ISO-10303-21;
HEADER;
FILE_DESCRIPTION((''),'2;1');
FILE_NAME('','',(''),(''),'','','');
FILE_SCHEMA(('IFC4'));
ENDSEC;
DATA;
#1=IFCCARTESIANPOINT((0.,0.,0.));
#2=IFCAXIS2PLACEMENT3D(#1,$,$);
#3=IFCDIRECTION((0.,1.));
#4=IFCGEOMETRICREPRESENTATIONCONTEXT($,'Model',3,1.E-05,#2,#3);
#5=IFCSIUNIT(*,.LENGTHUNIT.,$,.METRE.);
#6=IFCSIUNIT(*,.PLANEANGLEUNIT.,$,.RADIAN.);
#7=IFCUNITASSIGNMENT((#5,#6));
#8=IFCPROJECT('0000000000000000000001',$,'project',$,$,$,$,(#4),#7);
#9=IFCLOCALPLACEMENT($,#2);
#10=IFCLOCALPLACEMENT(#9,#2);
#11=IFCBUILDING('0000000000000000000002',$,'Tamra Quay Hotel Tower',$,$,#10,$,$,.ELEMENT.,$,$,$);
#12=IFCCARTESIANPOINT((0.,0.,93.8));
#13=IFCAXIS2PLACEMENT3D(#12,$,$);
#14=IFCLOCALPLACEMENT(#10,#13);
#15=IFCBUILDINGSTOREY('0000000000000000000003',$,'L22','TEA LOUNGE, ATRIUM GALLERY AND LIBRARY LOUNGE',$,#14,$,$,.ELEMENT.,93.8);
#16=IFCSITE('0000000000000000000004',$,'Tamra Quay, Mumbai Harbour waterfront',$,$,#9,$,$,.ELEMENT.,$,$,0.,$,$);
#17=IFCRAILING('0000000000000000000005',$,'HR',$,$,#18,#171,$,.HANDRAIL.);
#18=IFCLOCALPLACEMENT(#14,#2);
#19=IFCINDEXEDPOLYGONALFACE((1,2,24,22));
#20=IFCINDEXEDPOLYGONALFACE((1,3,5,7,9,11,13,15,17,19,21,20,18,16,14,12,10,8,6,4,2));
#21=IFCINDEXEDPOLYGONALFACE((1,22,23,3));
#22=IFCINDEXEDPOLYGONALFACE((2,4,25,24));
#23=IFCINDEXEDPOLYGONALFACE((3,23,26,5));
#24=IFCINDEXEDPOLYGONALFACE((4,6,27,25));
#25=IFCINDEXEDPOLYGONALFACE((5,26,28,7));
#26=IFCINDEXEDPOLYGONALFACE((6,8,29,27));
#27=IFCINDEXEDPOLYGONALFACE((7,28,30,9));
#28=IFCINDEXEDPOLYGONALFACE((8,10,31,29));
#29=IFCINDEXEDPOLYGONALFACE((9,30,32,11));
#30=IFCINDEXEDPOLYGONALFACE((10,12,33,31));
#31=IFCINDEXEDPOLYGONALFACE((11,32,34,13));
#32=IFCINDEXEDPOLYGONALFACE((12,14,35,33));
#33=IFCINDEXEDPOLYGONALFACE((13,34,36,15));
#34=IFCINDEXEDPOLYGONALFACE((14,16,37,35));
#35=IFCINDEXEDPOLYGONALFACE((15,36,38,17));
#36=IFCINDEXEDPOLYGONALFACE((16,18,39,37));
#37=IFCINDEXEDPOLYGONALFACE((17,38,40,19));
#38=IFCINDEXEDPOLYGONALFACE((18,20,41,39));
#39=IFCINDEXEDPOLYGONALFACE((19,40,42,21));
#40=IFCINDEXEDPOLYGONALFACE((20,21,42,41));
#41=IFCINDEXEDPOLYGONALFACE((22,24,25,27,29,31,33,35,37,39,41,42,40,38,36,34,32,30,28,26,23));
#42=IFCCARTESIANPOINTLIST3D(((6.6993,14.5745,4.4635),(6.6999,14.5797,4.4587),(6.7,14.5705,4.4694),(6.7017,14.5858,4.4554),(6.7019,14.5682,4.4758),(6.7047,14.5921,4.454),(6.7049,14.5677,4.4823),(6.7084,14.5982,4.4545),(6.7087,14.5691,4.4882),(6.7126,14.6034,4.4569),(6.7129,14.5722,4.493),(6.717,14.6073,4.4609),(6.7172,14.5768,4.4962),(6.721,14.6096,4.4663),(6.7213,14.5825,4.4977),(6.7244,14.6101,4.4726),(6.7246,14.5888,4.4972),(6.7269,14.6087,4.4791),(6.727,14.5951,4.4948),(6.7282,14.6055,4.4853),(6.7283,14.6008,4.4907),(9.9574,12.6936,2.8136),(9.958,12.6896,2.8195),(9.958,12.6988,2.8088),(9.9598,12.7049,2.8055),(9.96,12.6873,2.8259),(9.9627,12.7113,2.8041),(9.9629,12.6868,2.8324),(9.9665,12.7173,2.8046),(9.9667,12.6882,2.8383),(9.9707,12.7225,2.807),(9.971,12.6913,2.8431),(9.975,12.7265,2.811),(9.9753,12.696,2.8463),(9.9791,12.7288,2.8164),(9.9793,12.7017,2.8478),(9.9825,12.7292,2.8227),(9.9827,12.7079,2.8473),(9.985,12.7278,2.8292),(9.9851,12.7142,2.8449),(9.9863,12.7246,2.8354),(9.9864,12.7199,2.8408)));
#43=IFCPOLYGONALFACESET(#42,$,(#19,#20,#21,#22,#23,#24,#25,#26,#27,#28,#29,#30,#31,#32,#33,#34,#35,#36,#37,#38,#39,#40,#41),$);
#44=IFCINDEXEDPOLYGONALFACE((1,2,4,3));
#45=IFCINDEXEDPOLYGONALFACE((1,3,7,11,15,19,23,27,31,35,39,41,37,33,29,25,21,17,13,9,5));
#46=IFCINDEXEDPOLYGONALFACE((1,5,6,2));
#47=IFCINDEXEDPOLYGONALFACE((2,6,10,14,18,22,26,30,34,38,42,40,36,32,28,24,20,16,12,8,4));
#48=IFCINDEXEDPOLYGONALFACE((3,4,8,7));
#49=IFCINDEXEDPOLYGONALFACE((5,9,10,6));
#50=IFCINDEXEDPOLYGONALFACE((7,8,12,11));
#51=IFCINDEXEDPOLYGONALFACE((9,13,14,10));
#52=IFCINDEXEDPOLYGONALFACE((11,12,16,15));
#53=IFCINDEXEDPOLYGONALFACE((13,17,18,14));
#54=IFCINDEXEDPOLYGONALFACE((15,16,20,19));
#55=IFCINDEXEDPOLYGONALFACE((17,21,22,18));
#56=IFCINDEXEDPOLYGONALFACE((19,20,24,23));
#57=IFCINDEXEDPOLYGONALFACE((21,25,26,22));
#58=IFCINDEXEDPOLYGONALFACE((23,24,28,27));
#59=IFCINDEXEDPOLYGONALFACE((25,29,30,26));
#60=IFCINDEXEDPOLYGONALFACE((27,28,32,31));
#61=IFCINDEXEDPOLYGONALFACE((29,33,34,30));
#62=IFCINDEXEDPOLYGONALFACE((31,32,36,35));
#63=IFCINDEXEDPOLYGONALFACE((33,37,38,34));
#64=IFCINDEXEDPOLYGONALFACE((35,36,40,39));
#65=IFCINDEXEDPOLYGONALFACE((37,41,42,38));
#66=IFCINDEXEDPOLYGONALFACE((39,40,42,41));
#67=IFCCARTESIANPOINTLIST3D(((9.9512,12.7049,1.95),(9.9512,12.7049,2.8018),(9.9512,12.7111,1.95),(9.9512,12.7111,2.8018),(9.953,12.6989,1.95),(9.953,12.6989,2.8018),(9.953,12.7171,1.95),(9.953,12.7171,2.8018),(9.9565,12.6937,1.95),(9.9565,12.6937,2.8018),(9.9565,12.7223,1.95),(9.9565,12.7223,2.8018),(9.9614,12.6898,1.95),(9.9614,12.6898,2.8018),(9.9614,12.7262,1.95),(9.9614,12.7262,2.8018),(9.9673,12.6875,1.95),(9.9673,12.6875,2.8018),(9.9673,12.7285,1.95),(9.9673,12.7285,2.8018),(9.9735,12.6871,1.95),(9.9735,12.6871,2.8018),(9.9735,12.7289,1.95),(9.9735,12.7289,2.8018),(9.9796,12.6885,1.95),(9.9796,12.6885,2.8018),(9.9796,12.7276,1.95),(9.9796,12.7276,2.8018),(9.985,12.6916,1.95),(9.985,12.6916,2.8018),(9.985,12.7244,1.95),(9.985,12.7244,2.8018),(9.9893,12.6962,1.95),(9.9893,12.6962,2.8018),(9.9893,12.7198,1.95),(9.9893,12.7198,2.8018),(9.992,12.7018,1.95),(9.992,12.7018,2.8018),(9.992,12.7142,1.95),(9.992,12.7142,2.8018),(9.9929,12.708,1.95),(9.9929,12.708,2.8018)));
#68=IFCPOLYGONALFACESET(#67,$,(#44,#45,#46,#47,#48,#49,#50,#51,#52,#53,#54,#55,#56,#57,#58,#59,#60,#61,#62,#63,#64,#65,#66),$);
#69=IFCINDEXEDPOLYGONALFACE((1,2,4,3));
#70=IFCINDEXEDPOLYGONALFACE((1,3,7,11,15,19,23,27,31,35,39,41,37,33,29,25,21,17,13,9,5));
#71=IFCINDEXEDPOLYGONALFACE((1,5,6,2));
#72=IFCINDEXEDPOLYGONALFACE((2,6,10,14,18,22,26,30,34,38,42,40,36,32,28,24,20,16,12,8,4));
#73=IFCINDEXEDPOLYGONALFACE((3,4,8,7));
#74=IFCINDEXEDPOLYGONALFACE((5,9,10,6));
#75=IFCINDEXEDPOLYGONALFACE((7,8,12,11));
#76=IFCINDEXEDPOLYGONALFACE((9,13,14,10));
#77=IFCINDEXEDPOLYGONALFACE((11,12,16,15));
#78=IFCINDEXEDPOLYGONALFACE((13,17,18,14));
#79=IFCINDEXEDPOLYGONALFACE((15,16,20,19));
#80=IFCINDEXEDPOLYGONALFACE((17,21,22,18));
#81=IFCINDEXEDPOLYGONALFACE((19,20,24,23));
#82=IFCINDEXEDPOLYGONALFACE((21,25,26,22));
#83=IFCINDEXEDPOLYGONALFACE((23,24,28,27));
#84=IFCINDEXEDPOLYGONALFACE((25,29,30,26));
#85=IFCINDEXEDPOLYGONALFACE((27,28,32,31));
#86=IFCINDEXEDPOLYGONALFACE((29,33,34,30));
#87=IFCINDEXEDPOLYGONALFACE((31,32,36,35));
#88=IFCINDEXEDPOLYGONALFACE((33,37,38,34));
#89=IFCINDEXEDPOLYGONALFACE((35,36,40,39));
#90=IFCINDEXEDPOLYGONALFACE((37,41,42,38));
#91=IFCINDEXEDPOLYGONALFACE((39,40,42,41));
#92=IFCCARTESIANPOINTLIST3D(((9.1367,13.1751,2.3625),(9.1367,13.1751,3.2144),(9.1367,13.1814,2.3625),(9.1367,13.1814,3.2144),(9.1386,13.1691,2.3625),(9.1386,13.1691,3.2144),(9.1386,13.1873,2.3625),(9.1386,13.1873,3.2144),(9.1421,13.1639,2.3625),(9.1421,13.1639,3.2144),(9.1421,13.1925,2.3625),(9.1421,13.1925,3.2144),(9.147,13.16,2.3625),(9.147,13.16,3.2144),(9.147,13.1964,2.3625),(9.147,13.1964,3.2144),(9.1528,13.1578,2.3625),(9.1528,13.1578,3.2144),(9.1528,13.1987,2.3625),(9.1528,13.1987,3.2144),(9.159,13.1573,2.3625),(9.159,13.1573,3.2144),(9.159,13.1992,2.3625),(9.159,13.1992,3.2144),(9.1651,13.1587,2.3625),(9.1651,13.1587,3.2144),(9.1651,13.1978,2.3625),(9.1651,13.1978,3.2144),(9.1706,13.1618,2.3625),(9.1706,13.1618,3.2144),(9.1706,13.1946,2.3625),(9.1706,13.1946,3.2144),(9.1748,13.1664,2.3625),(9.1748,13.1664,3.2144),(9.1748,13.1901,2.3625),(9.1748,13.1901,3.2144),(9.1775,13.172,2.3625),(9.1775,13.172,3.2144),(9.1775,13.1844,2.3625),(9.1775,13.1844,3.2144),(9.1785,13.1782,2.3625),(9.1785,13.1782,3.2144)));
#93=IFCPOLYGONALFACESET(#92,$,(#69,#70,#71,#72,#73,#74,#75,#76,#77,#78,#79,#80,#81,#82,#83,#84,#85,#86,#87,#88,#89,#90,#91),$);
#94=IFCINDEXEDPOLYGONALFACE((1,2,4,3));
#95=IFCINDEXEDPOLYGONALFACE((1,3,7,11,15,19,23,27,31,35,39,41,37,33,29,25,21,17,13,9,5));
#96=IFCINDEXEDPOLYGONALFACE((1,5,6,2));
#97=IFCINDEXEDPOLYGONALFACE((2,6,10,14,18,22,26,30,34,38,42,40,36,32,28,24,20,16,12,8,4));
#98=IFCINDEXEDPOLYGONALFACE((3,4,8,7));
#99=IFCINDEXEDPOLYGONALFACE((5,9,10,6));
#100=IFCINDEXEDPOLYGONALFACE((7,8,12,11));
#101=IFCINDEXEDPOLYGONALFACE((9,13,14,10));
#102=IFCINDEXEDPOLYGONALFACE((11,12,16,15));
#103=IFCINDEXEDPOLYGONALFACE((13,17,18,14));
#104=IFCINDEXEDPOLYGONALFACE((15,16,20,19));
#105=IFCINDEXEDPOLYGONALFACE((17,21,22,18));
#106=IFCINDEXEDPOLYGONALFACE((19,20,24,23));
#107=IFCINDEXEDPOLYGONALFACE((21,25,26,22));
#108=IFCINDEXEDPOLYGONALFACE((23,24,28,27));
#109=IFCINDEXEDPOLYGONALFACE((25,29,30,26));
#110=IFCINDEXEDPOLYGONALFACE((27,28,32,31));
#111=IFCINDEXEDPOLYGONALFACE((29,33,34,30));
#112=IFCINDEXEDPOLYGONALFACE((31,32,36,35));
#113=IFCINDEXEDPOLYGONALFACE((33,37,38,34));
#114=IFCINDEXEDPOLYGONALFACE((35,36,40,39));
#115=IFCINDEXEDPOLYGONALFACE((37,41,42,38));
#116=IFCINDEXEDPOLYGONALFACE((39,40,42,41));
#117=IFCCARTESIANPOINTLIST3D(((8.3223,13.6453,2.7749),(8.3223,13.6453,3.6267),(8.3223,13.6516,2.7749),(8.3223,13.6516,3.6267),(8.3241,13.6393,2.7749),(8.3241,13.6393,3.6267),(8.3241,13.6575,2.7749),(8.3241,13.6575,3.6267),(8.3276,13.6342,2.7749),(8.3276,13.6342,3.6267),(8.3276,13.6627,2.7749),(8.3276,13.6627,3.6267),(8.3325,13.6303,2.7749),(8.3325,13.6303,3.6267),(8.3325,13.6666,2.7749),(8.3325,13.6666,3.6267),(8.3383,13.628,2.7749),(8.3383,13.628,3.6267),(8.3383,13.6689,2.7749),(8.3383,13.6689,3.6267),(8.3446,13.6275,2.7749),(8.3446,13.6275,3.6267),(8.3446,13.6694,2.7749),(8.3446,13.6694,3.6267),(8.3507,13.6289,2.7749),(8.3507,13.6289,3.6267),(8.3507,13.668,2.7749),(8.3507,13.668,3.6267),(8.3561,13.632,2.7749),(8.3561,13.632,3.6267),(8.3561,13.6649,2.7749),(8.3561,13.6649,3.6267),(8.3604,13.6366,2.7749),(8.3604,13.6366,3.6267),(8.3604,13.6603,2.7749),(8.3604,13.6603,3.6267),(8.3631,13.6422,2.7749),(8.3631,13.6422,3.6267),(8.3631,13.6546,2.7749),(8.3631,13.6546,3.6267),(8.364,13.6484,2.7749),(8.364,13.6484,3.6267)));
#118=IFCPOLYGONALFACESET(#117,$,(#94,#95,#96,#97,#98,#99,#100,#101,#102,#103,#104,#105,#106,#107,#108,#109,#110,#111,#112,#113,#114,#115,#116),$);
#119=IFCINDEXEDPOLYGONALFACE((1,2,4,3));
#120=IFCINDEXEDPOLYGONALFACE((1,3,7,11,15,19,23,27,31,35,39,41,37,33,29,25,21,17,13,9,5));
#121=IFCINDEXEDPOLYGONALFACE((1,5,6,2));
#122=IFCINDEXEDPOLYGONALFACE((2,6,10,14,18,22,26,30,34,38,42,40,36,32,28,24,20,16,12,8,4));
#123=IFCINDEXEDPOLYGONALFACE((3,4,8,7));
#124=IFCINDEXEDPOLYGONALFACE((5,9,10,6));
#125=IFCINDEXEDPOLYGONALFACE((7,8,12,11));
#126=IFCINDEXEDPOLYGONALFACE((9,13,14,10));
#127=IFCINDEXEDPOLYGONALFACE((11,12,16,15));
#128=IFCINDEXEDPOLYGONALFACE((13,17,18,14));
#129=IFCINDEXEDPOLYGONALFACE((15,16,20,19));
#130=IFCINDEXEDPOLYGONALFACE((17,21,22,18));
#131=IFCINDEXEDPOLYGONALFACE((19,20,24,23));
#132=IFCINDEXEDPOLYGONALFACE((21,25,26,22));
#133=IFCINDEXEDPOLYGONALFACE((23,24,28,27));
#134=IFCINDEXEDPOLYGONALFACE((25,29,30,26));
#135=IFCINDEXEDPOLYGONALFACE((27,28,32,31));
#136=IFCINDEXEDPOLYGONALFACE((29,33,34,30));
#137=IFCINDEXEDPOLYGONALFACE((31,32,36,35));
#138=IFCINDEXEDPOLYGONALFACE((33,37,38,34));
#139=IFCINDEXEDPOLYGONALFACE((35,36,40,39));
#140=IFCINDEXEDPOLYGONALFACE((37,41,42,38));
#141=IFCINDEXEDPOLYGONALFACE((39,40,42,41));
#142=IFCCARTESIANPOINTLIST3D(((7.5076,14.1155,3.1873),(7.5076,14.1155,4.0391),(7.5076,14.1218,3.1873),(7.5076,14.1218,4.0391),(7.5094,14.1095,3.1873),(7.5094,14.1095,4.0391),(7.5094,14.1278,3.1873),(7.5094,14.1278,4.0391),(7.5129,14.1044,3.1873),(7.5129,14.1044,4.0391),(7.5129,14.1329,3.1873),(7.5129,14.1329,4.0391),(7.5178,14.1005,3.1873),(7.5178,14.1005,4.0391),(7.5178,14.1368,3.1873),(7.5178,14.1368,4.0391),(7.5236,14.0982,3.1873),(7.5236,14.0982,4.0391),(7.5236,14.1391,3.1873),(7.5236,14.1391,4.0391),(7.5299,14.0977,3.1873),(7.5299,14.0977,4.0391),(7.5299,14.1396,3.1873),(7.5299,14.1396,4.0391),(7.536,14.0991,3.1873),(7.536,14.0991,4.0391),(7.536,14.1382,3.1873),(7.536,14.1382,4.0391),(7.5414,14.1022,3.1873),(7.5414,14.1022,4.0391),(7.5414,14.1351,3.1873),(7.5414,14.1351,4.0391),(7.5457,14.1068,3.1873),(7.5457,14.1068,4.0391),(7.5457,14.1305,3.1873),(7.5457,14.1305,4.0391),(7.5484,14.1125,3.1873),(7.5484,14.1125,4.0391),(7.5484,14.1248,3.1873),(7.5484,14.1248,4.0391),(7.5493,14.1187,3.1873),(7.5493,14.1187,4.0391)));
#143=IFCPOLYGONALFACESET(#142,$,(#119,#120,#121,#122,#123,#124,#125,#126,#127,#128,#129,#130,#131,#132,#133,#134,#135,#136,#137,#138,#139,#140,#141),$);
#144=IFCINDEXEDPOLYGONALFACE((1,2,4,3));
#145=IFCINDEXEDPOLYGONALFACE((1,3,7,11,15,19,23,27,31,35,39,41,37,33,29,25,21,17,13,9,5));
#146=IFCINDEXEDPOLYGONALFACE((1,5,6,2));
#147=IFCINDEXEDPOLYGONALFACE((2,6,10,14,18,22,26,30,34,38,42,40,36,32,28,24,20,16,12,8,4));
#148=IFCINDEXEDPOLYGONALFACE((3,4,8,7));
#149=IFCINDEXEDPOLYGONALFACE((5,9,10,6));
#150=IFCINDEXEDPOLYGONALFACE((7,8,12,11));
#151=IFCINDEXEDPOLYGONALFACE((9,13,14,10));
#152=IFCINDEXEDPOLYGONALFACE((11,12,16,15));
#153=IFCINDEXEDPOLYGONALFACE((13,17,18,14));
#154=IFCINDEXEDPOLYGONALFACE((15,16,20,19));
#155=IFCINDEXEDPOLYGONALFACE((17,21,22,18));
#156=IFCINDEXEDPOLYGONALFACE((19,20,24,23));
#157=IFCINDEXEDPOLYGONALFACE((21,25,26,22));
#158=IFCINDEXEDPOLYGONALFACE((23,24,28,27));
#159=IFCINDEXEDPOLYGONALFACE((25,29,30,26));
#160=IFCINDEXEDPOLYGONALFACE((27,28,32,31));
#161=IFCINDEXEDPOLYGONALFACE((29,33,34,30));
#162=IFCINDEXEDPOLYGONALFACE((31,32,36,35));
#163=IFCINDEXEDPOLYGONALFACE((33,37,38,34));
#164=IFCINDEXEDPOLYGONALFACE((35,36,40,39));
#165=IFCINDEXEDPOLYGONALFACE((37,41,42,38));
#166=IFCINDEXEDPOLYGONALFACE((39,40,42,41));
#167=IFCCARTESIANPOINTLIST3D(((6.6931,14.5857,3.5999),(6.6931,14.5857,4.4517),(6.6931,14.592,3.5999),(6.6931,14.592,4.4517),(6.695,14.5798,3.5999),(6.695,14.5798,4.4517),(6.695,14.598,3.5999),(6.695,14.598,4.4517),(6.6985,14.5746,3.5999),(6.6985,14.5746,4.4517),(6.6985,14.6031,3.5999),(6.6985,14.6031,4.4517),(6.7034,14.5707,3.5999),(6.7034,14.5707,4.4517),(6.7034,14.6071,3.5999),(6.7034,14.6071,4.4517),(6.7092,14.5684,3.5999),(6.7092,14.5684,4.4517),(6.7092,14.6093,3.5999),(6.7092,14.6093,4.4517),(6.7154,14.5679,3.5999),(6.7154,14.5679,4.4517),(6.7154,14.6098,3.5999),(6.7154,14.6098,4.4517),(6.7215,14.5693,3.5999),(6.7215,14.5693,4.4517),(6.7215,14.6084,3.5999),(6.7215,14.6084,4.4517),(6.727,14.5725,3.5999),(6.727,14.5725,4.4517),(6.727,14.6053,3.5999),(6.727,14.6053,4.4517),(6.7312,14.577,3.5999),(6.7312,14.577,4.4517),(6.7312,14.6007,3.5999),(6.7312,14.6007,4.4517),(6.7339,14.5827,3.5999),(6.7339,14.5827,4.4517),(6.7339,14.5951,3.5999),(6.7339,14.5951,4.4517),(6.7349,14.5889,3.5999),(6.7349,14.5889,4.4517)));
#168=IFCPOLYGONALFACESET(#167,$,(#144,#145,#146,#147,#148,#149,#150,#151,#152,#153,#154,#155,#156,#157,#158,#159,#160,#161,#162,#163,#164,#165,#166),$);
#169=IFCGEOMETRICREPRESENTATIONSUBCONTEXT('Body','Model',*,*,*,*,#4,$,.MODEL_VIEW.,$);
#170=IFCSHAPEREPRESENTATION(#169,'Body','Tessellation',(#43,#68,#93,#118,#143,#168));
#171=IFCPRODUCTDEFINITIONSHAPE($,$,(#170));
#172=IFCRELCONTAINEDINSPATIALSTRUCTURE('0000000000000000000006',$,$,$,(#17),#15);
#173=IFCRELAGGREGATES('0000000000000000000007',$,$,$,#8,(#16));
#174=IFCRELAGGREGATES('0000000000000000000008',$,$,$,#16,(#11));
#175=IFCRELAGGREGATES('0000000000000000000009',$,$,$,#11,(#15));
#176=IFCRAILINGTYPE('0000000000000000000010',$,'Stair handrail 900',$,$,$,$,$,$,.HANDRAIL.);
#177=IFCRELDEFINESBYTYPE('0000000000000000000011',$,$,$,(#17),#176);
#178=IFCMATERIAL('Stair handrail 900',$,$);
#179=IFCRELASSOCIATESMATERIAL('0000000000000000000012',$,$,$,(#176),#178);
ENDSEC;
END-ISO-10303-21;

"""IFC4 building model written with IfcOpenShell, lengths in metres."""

from ifc_helpers import new_model, si_unit, direction, frame, origin, origin_2d, place, context, subcontext, project, spatial, circle, extrude, material, type_object, element, save


model = new_model("IFC4")

# Units and contexts
model_context = context("Model", 3, precision=1e-05, world=origin(), true_north=direction((0.0, 1.0)))
body_context = subcontext(model_context, "Body", "Model", "MODEL_VIEW")
ifc_project = project(units=[si_unit("LENGTHUNIT", "METRE"), si_unit("PLANEANGLEUNIT", "RADIAN")], contexts=[model_context])

# Site, building, storey
site_placement = place(None, origin())
site = spatial("IfcSite", under=ifc_project, at=site_placement, Name="Tamra Quay, Mumbai Harbour waterfront", CompositionType="ELEMENT", RefElevation=0.0)
building_placement = place(site_placement, origin())
building = spatial("IfcBuilding", under=site, at=building_placement, Name="Tamra Quay Hotel Tower", CompositionType="ELEMENT")
storey_placement = place(building_placement, frame((0.0, 0.0, 93.8)))
storey = spatial("IfcBuildingStorey", under=building, at=storey_placement, Name="L22", Description="TEA LOUNGE, ATRIUM GALLERY AND LIBRARY LOUNGE", CompositionType="ELEMENT", Elevation=93.8)

# Railing
ifc_material_1 = material(Name="Stair handrail 900")
railing_type_1 = type_object("IfcRailingType", Name="Stair handrail 900", PredefinedType="HANDRAIL", material=ifc_material_1)
railing_1_placement = place(storey_placement, frame((9.9719, 12.708, 1.95)))
element("IfcRailing", 1, at=railing_1_placement, inside=storey, type_object=railing_type_1, Name="HR", PredefinedType="HANDRAIL", context=body_context, shape_type="SweptSolid", body=[
    extrude(circle(Radius=0.0239, at=origin_2d()), frame((0.0, 0.0, 0.876), z_axis=(-0.793122, 0.457865, 0.401642), x_axis=(-0.499964, -0.866046, 0.0)), (0.0, 0.0, 1.0), 4.1079),
    extrude(circle(Radius=0.021, at=origin_2d()), origin(), (0.0, 0.0, 1.0), 0.8518),
    extrude(circle(Radius=0.021, at=origin_2d()), frame((-0.8145, 0.4702, 0.4126)), (0.0, 0.0, 1.0), 0.8518),
    extrude(circle(Radius=0.021, at=origin_2d()), frame((-1.6289, 0.9404, 0.825)), (0.0, 0.0, 1.0), 0.8518),
    extrude(circle(Radius=0.021, at=origin_2d()), frame((-2.4436, 1.4106, 1.2373)), (0.0, 0.0, 1.0), 0.8518),
    extrude(circle(Radius=0.021, at=origin_2d()), frame((-3.2581, 1.8809, 1.6499)), (0.0, 0.0, 1.0), 0.8518),
])

save(model, "model.ifc")
